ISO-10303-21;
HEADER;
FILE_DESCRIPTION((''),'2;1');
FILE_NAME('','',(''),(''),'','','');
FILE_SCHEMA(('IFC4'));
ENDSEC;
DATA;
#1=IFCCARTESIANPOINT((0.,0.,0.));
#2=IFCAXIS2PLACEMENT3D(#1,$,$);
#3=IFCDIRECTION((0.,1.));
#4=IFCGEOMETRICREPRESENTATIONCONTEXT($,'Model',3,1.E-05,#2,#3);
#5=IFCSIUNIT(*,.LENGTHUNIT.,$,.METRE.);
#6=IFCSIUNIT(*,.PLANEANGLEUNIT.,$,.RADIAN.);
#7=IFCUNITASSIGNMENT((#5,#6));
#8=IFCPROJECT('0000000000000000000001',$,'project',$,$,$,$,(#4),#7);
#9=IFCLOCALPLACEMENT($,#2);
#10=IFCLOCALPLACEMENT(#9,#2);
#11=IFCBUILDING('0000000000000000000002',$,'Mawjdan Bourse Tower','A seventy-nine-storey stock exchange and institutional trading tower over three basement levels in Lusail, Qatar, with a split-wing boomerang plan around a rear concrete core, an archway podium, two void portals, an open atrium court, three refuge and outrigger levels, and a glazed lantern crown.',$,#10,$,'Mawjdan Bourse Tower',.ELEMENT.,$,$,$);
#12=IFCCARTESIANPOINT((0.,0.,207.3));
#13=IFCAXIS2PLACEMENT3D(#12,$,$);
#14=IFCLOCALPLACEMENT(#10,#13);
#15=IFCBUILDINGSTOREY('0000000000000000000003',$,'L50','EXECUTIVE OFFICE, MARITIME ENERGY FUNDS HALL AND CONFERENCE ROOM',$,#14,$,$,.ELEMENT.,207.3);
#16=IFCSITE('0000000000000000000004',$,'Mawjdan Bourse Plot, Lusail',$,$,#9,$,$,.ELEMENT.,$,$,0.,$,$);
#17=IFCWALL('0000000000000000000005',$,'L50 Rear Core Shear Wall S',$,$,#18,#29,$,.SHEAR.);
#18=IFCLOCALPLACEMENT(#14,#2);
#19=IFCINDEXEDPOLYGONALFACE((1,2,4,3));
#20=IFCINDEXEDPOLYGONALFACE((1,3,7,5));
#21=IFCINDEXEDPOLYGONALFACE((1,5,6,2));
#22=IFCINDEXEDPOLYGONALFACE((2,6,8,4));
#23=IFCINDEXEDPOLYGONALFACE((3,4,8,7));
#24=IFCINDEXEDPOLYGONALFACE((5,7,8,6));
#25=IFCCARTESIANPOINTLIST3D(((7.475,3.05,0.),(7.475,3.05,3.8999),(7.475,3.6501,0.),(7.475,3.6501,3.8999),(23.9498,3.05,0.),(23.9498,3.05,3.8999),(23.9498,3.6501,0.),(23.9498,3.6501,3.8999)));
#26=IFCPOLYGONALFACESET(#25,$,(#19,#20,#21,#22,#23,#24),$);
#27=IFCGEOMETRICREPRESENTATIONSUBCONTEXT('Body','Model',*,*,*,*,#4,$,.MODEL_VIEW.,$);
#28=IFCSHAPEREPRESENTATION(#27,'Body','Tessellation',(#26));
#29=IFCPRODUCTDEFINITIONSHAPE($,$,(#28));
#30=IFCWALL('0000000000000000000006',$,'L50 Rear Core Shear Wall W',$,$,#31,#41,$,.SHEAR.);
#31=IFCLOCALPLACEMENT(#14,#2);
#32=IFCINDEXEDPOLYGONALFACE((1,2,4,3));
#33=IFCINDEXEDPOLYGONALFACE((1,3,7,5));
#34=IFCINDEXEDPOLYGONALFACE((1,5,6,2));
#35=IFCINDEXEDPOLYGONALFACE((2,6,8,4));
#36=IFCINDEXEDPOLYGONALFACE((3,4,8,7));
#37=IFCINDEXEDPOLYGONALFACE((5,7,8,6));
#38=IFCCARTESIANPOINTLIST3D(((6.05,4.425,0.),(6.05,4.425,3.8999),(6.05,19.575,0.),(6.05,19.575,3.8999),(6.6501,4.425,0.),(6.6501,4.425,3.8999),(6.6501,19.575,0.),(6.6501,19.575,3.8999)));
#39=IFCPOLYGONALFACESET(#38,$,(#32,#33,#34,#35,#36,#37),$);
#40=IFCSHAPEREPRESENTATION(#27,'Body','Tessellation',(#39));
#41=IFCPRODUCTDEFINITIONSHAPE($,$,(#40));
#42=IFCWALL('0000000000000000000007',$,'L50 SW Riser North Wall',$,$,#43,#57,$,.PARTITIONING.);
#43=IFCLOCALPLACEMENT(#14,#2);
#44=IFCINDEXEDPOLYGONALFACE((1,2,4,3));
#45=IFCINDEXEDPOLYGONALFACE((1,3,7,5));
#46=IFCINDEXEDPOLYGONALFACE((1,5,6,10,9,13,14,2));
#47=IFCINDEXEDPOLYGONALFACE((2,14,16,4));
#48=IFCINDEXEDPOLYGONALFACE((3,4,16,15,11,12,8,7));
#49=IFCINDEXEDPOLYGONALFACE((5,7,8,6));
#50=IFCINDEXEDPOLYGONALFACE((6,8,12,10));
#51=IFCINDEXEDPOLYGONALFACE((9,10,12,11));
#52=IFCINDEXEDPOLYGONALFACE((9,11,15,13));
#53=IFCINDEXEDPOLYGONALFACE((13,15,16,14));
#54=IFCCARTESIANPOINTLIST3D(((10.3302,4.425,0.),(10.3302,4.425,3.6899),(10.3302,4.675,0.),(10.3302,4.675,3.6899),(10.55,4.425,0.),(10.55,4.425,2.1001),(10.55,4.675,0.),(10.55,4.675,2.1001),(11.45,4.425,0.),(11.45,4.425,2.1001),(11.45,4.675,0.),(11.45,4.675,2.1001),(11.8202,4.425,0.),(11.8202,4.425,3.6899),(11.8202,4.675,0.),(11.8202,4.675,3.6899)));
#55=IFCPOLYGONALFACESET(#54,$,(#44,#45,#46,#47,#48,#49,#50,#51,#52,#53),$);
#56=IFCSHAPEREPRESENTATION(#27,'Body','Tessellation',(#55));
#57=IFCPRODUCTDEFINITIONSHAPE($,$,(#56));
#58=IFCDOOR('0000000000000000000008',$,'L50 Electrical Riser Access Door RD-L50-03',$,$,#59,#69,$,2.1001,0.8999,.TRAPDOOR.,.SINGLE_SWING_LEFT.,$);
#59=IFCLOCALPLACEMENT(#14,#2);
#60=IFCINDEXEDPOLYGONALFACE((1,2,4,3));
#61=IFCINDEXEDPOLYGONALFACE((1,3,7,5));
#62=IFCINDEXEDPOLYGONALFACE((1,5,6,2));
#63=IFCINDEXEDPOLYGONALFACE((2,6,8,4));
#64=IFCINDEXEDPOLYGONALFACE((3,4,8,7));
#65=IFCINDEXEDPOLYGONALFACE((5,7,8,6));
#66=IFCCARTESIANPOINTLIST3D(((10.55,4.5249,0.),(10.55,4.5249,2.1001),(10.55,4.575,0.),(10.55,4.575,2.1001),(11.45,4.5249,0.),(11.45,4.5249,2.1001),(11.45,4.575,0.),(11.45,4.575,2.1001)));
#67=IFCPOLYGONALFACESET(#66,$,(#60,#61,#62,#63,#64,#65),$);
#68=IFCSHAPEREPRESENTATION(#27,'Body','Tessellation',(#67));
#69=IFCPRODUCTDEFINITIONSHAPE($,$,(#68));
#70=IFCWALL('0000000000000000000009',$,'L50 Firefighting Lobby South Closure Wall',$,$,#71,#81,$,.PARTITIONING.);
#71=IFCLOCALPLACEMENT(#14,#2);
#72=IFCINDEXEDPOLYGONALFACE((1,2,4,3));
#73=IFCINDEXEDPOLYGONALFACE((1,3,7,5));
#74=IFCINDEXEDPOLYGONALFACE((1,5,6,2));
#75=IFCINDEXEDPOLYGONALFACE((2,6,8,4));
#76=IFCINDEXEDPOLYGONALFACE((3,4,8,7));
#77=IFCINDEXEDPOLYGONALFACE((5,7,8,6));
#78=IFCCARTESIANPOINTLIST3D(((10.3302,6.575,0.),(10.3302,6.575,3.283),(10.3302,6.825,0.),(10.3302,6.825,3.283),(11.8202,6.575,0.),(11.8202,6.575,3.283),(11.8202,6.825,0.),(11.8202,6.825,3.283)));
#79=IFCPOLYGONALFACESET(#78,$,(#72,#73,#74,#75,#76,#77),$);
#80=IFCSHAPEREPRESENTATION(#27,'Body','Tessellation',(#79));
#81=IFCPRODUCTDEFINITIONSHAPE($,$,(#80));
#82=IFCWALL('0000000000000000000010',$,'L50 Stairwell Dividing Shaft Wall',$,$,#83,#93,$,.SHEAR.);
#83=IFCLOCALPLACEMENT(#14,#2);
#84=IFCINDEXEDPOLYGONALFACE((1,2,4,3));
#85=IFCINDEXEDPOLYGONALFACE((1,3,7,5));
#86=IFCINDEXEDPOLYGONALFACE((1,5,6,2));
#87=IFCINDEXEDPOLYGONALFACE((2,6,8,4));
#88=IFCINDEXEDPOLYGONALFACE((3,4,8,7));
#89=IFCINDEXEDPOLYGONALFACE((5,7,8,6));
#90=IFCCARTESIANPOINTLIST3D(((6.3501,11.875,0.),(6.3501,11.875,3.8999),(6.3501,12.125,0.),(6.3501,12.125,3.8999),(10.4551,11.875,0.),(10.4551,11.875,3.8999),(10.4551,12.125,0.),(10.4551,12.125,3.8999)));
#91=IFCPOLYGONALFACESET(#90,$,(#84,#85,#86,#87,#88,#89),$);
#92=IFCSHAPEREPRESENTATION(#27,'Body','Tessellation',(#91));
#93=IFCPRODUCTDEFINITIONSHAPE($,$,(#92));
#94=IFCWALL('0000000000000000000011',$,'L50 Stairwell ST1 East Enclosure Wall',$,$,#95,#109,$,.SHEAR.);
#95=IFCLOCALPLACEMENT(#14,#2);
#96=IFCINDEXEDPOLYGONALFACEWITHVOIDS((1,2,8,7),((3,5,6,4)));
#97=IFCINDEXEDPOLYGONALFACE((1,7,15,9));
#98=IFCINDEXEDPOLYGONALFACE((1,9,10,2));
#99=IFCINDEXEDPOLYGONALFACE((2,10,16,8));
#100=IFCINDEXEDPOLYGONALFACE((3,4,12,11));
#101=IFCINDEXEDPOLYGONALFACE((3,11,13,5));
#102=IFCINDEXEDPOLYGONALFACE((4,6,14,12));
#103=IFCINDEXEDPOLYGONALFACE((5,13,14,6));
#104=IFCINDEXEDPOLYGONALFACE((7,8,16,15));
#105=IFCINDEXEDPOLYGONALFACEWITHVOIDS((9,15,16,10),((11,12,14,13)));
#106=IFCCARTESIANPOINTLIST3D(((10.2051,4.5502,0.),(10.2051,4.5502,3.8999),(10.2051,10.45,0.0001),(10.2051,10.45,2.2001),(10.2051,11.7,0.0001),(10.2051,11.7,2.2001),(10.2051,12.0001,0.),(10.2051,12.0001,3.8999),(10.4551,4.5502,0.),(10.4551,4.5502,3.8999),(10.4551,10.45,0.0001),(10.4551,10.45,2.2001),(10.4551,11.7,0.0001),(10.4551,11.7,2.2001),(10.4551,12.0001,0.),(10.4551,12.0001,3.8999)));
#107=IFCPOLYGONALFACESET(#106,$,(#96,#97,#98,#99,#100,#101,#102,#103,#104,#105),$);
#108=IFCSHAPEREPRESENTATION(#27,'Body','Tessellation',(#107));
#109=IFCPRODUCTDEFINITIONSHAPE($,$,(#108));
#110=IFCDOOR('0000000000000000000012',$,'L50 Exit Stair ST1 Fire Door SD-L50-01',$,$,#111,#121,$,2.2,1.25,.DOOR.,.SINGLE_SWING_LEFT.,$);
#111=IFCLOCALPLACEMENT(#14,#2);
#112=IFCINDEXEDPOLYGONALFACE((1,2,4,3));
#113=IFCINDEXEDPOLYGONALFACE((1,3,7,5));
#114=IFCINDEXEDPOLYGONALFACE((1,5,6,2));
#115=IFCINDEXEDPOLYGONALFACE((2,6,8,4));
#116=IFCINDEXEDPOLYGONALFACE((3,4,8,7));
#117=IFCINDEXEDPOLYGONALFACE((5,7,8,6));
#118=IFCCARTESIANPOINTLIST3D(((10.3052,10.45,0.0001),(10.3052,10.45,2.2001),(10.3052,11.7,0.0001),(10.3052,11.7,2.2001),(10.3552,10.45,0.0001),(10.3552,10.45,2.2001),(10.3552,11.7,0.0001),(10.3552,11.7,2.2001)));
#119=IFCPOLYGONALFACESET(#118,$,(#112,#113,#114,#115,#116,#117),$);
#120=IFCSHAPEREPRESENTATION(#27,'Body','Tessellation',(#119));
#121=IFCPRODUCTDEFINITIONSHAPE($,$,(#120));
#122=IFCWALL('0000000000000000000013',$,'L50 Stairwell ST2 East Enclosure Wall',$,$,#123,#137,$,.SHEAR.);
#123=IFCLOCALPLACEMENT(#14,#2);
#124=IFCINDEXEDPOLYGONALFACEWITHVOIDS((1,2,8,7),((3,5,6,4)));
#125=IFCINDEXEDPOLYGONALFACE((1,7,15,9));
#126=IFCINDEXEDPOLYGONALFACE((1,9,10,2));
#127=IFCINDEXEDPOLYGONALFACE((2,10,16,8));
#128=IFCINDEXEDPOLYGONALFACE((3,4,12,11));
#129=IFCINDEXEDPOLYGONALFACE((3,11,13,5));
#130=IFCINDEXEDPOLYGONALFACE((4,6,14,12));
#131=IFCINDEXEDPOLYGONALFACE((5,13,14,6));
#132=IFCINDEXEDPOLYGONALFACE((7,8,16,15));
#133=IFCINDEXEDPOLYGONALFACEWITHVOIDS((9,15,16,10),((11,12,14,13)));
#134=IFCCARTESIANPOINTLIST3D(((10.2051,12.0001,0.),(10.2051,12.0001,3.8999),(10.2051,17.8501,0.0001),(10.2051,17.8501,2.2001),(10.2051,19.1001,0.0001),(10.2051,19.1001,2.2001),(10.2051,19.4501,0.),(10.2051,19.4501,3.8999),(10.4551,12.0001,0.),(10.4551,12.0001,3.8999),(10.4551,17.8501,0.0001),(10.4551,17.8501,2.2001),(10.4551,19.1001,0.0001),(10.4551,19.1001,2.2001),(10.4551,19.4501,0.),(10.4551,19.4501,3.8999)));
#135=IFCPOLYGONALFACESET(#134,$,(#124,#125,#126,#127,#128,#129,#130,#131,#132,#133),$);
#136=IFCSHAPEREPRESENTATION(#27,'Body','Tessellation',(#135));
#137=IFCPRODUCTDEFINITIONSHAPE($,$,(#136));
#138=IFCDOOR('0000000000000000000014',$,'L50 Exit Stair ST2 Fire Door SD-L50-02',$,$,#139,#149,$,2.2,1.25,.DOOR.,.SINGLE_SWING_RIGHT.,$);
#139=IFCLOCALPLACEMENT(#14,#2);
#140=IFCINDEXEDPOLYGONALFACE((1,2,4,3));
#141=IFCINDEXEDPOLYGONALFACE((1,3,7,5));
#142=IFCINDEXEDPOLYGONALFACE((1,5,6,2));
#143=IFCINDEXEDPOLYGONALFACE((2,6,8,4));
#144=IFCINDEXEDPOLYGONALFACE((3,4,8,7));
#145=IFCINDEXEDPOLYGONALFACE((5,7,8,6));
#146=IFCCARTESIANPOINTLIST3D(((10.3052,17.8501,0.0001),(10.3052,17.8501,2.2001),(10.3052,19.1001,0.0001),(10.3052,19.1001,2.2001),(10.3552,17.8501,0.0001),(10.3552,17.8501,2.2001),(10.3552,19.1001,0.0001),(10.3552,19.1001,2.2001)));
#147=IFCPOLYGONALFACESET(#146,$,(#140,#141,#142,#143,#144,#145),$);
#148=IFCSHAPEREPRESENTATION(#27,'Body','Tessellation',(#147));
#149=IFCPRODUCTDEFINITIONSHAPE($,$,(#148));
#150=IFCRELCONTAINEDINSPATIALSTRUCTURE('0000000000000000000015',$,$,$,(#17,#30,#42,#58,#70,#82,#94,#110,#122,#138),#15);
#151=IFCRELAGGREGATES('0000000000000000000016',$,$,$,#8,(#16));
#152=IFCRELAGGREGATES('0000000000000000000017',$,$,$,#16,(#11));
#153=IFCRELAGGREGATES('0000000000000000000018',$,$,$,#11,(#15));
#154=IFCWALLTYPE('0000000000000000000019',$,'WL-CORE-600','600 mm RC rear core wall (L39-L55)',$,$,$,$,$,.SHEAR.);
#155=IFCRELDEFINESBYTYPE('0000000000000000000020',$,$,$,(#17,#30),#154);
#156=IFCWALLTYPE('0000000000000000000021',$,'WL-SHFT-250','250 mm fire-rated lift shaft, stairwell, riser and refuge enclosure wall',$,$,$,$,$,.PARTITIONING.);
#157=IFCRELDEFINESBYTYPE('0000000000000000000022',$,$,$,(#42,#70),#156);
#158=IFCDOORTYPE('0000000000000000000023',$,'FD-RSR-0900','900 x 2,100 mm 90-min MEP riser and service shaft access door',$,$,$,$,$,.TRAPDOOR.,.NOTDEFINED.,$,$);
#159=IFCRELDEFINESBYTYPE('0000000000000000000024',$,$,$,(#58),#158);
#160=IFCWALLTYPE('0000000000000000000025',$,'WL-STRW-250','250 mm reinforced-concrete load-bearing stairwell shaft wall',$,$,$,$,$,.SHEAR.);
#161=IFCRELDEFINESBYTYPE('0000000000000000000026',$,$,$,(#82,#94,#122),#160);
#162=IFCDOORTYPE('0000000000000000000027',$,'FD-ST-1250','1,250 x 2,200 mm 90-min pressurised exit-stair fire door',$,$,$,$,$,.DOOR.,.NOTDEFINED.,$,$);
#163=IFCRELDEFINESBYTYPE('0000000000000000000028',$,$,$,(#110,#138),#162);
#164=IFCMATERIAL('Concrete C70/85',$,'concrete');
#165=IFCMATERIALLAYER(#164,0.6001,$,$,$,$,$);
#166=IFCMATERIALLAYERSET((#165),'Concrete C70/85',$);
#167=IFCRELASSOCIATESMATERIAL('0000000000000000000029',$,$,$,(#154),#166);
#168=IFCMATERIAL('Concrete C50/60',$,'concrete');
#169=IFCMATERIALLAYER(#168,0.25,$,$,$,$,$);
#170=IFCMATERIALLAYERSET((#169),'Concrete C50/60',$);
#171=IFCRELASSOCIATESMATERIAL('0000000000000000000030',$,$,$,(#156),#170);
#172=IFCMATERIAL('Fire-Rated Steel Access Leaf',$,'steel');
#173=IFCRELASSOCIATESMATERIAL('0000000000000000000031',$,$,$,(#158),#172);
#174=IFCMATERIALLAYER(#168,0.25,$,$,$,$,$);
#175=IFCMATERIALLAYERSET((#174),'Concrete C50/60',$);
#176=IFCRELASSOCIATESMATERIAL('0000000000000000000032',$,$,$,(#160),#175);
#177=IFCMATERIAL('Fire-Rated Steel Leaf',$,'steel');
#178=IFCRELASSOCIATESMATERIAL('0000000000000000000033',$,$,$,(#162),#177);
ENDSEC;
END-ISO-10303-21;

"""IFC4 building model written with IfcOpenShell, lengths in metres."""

from ifc_helpers import new_model, si_unit, direction, frame, frame_2d, origin, place, context, subcontext, project, spatial, rectangle, extrude, material, layer, layer_set, type_object, element, fill, save


model = new_model("IFC4")

# Units and contexts
model_context = context("Model", 3, precision=1e-05, world=origin(), true_north=direction((0.0, 1.0)))
body_context = subcontext(model_context, "Body", "Model", "MODEL_VIEW")
ifc_project = project(units=[si_unit("LENGTHUNIT", "METRE"), si_unit("PLANEANGLEUNIT", "RADIAN")], contexts=[model_context])

# Site, building, storey
site_placement = place(None, origin())
site = spatial("IfcSite", under=ifc_project, at=site_placement, Name="Mawjdan Bourse Plot, Lusail", CompositionType="ELEMENT", RefElevation=0.0)
building_placement = place(site_placement, origin())
building = spatial("IfcBuilding", under=site, at=building_placement, Name="Mawjdan Bourse Tower", Description="A seventy-nine-storey stock exchange and institutional trading tower over three basement levels in Lusail, Qatar, with a split-wing boomerang plan around a rear concrete core, an archway podium, two void portals, an open atrium court, three refuge and outrigger levels, and a glazed lantern crown.", LongName="Mawjdan Bourse Tower", CompositionType="ELEMENT")
storey_placement = place(building_placement, frame((0.0, 0.0, 207.3)))
storey = spatial("IfcBuildingStorey", under=building, at=storey_placement, Name="L50", Description="EXECUTIVE OFFICE, MARITIME ENERGY FUNDS HALL AND CONFERENCE ROOM", CompositionType="ELEMENT", Elevation=207.3)

# Shared definitions
ifc_material_1 = material(Name="Concrete C50/60", Category="concrete")

# Walls
ifc_material_2 = material(Name="Concrete C70/85", Category="concrete")
ifc_layer_1 = layer(ifc_material_2, 0.6001)
ifc_layer_set_1 = layer_set([ifc_layer_1], Name="Concrete C70/85")
wall_type_1 = type_object("IfcWallType", Name="WL-CORE-600", Description="600 mm RC rear core wall (L39-L55)", PredefinedType="SHEAR", material=ifc_layer_set_1)
wall_1_placement = place(storey_placement, frame((7.4751, 3.3501, 0.0), z_axis=(0.0, 0.0, 1.0), x_axis=(1.0, 0.0, 0.0)))
element("IfcWall", 1, at=wall_1_placement, inside=storey, type_object=wall_type_1, Name="L50 Rear Core Shear Wall S", PredefinedType="SHEAR", context=body_context, shape_type="SweptSolid", body=[
    extrude(rectangle(XDim=16.4749, YDim=0.6001, at=frame_2d((8.2373, 0.0))), origin(), (0.0, 0.0, 1.0), 3.8999),
])
wall_2_placement = place(storey_placement, frame((6.3501, 4.425, 0.0), z_axis=(0.0, 0.0, 1.0), x_axis=(0.0, 1.0, 0.0)))
element("IfcWall", 2, at=wall_2_placement, inside=storey, type_object=wall_type_1, Name="L50 Rear Core Shear Wall W", PredefinedType="SHEAR", context=body_context, shape_type="SweptSolid", body=[
    extrude(rectangle(XDim=15.1499, YDim=0.6001, at=frame_2d((7.575, 0.0))), origin(), (0.0, 0.0, 1.0), 3.8999),
])

# Wall, opening, door
ifc_layer_2 = layer(ifc_material_1, 0.25)
ifc_layer_set_2 = layer_set([ifc_layer_2], Name="Concrete C50/60")
wall_type_2 = type_object("IfcWallType", Name="WL-SHFT-250", Description="250 mm fire-rated lift shaft, stairwell, riser and refuge enclosure wall", PredefinedType="PARTITIONING", material=ifc_layer_set_2)
wall_3_placement = place(storey_placement, frame((10.3301, 4.55, 0.0), z_axis=(0.0, 0.0, 1.0), x_axis=(1.0, 0.0, 0.0)))
wall_3 = element("IfcWall", 3, at=wall_3_placement, inside=storey, type_object=wall_type_2, Name="L50 SW Riser North Wall", PredefinedType="PARTITIONING", context=body_context, shape_type="SweptSolid", body=[
    extrude(rectangle(XDim=1.49, YDim=0.25, at=frame_2d((0.7451, 0.0))), origin(), (0.0, 0.0, 1.0), 3.6899),
])
opening_1_placement = place(wall_3_placement, frame((0.22, 0.0, 0.0)))
opening_1 = element("IfcOpeningElement", 4, at=opening_1_placement, cuts=wall_3, PredefinedType="OPENING", context=body_context, shape_type="SweptSolid", body=[
    extrude(rectangle(XDim=0.8999, YDim=2.1001, at=frame_2d((0.45, 1.05))), frame((0.0, 0.135, 0.0), z_axis=(0.0, -1.0, 0.0), x_axis=(1.0, 0.0, 0.0)), (0.0, 0.0, 1.0), 0.27),
])
ifc_material_3 = material(Name="Fire-Rated Steel Access Leaf", Category="steel")
door_type_1 = type_object("IfcDoorType", Name="FD-RSR-0900", Description="900 x 2,100 mm 90-min MEP riser and service shaft access door", OperationType="NOTDEFINED", PredefinedType="TRAPDOOR", material=ifc_material_3)
door_1_placement = place(opening_1_placement, origin())
door_1 = element("IfcDoor", 5, at=door_1_placement, inside=storey, type_object=door_type_1, Name="L50 Electrical Riser Access Door RD-L50-03", OperationType="SINGLE_SWING_LEFT", OverallHeight=2.1001, OverallWidth=0.8999, PredefinedType="TRAPDOOR", context=body_context, shape_type="SweptSolid", body=[
    extrude(rectangle(XDim=0.8999, YDim=2.1001, at=frame_2d((0.45, 1.05))), frame((0.0, 0.0249, 0.0), z_axis=(0.0, -1.0, 0.0), x_axis=(1.0, 0.0, 0.0)), (0.0, 0.0, 1.0), 0.05),
])
fill(opening_1, door_1)

# Walls
wall_4_placement = place(storey_placement, frame((10.3301, 6.7, 0.0), z_axis=(0.0, 0.0, 1.0), x_axis=(1.0, 0.0, 0.0)))
element("IfcWall", 6, at=wall_4_placement, inside=storey, type_object=wall_type_2, Name="L50 Firefighting Lobby South Closure Wall", PredefinedType="PARTITIONING", context=body_context, shape_type="SweptSolid", body=[
    extrude(rectangle(XDim=1.49, YDim=0.25, at=frame_2d((0.7451, 0.0))), origin(), (0.0, 0.0, 1.0), 3.283),
])
ifc_layer_3 = layer(ifc_material_1, 0.25)
ifc_layer_set_3 = layer_set([ifc_layer_3], Name="Concrete C50/60")
wall_type_3 = type_object("IfcWallType", Name="WL-STRW-250", Description="250 mm reinforced-concrete load-bearing stairwell shaft wall", PredefinedType="SHEAR", material=ifc_layer_set_3)
wall_5_placement = place(storey_placement, frame((6.3501, 12.0, 0.0), z_axis=(0.0, 0.0, 1.0), x_axis=(1.0, 0.0, 0.0)))
element("IfcWall", 7, at=wall_5_placement, inside=storey, type_object=wall_type_3, Name="L50 Stairwell Dividing Shaft Wall", PredefinedType="SHEAR", context=body_context, shape_type="SweptSolid", body=[
    extrude(rectangle(XDim=4.105, YDim=0.25, at=frame_2d((2.0525, 0.0))), origin(), (0.0, 0.0, 1.0), 3.8999),
])

# Walls, openings, doors
wall_6_placement = place(storey_placement, frame((10.3301, 4.55, 0.0), z_axis=(0.0, 0.0, 1.0), x_axis=(0.0, 1.0, 0.0)))
wall_6 = element("IfcWall", 8, at=wall_6_placement, inside=storey, type_object=wall_type_3, Name="L50 Stairwell ST1 East Enclosure Wall", PredefinedType="SHEAR", context=body_context, shape_type="SweptSolid", body=[
    extrude(rectangle(XDim=7.45, YDim=0.25, at=frame_2d((3.7251, 0.0))), origin(), (0.0, 0.0, 1.0), 3.8999),
])
opening_2_placement = place(wall_6_placement, frame((5.8999, 0.0, 0.0)))
opening_2 = element("IfcOpeningElement", 9, at=opening_2_placement, cuts=wall_6, PredefinedType="OPENING", context=body_context, shape_type="SweptSolid", body=[
    extrude(rectangle(XDim=1.25, YDim=2.2, at=frame_2d((0.625, 1.1001))), frame((0.0, 0.135, 0.0), z_axis=(0.0, -1.0, 0.0), x_axis=(1.0, 0.0, 0.0)), (0.0, 0.0, 1.0), 0.27),
])
ifc_material_4 = material(Name="Fire-Rated Steel Leaf", Category="steel")
door_type_2 = type_object("IfcDoorType", Name="FD-ST-1250", Description="1,250 x 2,200 mm 90-min pressurised exit-stair fire door", OperationType="NOTDEFINED", PredefinedType="DOOR", material=ifc_material_4)
door_2_placement = place(opening_2_placement, origin())
door_2 = element("IfcDoor", 10, at=door_2_placement, inside=storey, type_object=door_type_2, Name="L50 Exit Stair ST1 Fire Door SD-L50-01", OperationType="SINGLE_SWING_LEFT", OverallHeight=2.2, OverallWidth=1.25, PredefinedType="DOOR", context=body_context, shape_type="SweptSolid", body=[
    extrude(rectangle(XDim=1.25, YDim=2.2, at=frame_2d((0.625, 1.1001))), frame((0.0, 0.0249, 0.0), z_axis=(0.0, -1.0, 0.0), x_axis=(1.0, 0.0, 0.0)), (0.0, 0.0, 1.0), 0.05),
])
fill(opening_2, door_2)
wall_7_placement = place(storey_placement, frame((10.3301, 12.0, 0.0), z_axis=(0.0, 0.0, 1.0), x_axis=(0.0, 1.0, 0.0)))
wall_7 = element("IfcWall", 11, at=wall_7_placement, inside=storey, type_object=wall_type_3, Name="L50 Stairwell ST2 East Enclosure Wall", PredefinedType="SHEAR", context=body_context, shape_type="SweptSolid", body=[
    extrude(rectangle(XDim=7.45, YDim=0.25, at=frame_2d((3.7251, 0.0))), origin(), (0.0, 0.0, 1.0), 3.8999),
])
opening_3_placement = place(wall_7_placement, frame((5.8501, 0.0, 0.0)))
opening_3 = element("IfcOpeningElement", 12, at=opening_3_placement, cuts=wall_7, PredefinedType="OPENING", context=body_context, shape_type="SweptSolid", body=[
    extrude(rectangle(XDim=1.25, YDim=2.2, at=frame_2d((0.625, 1.1001))), frame((0.0, 0.135, 0.0), z_axis=(0.0, -1.0, 0.0), x_axis=(1.0, 0.0, 0.0)), (0.0, 0.0, 1.0), 0.27),
])
door_3_placement = place(opening_3_placement, origin())
door_3 = element("IfcDoor", 13, at=door_3_placement, inside=storey, type_object=door_type_2, Name="L50 Exit Stair ST2 Fire Door SD-L50-02", OperationType="SINGLE_SWING_RIGHT", OverallHeight=2.2, OverallWidth=1.25, PredefinedType="DOOR", context=body_context, shape_type="SweptSolid", body=[
    extrude(rectangle(XDim=1.25, YDim=2.2, at=frame_2d((0.625, 1.1001))), frame((0.0, 0.0249, 0.0), z_axis=(0.0, -1.0, 0.0), x_axis=(1.0, 0.0, 0.0)), (0.0, 0.0, 1.0), 0.05),
])
fill(opening_3, door_3)

save(model, "model.ifc")
